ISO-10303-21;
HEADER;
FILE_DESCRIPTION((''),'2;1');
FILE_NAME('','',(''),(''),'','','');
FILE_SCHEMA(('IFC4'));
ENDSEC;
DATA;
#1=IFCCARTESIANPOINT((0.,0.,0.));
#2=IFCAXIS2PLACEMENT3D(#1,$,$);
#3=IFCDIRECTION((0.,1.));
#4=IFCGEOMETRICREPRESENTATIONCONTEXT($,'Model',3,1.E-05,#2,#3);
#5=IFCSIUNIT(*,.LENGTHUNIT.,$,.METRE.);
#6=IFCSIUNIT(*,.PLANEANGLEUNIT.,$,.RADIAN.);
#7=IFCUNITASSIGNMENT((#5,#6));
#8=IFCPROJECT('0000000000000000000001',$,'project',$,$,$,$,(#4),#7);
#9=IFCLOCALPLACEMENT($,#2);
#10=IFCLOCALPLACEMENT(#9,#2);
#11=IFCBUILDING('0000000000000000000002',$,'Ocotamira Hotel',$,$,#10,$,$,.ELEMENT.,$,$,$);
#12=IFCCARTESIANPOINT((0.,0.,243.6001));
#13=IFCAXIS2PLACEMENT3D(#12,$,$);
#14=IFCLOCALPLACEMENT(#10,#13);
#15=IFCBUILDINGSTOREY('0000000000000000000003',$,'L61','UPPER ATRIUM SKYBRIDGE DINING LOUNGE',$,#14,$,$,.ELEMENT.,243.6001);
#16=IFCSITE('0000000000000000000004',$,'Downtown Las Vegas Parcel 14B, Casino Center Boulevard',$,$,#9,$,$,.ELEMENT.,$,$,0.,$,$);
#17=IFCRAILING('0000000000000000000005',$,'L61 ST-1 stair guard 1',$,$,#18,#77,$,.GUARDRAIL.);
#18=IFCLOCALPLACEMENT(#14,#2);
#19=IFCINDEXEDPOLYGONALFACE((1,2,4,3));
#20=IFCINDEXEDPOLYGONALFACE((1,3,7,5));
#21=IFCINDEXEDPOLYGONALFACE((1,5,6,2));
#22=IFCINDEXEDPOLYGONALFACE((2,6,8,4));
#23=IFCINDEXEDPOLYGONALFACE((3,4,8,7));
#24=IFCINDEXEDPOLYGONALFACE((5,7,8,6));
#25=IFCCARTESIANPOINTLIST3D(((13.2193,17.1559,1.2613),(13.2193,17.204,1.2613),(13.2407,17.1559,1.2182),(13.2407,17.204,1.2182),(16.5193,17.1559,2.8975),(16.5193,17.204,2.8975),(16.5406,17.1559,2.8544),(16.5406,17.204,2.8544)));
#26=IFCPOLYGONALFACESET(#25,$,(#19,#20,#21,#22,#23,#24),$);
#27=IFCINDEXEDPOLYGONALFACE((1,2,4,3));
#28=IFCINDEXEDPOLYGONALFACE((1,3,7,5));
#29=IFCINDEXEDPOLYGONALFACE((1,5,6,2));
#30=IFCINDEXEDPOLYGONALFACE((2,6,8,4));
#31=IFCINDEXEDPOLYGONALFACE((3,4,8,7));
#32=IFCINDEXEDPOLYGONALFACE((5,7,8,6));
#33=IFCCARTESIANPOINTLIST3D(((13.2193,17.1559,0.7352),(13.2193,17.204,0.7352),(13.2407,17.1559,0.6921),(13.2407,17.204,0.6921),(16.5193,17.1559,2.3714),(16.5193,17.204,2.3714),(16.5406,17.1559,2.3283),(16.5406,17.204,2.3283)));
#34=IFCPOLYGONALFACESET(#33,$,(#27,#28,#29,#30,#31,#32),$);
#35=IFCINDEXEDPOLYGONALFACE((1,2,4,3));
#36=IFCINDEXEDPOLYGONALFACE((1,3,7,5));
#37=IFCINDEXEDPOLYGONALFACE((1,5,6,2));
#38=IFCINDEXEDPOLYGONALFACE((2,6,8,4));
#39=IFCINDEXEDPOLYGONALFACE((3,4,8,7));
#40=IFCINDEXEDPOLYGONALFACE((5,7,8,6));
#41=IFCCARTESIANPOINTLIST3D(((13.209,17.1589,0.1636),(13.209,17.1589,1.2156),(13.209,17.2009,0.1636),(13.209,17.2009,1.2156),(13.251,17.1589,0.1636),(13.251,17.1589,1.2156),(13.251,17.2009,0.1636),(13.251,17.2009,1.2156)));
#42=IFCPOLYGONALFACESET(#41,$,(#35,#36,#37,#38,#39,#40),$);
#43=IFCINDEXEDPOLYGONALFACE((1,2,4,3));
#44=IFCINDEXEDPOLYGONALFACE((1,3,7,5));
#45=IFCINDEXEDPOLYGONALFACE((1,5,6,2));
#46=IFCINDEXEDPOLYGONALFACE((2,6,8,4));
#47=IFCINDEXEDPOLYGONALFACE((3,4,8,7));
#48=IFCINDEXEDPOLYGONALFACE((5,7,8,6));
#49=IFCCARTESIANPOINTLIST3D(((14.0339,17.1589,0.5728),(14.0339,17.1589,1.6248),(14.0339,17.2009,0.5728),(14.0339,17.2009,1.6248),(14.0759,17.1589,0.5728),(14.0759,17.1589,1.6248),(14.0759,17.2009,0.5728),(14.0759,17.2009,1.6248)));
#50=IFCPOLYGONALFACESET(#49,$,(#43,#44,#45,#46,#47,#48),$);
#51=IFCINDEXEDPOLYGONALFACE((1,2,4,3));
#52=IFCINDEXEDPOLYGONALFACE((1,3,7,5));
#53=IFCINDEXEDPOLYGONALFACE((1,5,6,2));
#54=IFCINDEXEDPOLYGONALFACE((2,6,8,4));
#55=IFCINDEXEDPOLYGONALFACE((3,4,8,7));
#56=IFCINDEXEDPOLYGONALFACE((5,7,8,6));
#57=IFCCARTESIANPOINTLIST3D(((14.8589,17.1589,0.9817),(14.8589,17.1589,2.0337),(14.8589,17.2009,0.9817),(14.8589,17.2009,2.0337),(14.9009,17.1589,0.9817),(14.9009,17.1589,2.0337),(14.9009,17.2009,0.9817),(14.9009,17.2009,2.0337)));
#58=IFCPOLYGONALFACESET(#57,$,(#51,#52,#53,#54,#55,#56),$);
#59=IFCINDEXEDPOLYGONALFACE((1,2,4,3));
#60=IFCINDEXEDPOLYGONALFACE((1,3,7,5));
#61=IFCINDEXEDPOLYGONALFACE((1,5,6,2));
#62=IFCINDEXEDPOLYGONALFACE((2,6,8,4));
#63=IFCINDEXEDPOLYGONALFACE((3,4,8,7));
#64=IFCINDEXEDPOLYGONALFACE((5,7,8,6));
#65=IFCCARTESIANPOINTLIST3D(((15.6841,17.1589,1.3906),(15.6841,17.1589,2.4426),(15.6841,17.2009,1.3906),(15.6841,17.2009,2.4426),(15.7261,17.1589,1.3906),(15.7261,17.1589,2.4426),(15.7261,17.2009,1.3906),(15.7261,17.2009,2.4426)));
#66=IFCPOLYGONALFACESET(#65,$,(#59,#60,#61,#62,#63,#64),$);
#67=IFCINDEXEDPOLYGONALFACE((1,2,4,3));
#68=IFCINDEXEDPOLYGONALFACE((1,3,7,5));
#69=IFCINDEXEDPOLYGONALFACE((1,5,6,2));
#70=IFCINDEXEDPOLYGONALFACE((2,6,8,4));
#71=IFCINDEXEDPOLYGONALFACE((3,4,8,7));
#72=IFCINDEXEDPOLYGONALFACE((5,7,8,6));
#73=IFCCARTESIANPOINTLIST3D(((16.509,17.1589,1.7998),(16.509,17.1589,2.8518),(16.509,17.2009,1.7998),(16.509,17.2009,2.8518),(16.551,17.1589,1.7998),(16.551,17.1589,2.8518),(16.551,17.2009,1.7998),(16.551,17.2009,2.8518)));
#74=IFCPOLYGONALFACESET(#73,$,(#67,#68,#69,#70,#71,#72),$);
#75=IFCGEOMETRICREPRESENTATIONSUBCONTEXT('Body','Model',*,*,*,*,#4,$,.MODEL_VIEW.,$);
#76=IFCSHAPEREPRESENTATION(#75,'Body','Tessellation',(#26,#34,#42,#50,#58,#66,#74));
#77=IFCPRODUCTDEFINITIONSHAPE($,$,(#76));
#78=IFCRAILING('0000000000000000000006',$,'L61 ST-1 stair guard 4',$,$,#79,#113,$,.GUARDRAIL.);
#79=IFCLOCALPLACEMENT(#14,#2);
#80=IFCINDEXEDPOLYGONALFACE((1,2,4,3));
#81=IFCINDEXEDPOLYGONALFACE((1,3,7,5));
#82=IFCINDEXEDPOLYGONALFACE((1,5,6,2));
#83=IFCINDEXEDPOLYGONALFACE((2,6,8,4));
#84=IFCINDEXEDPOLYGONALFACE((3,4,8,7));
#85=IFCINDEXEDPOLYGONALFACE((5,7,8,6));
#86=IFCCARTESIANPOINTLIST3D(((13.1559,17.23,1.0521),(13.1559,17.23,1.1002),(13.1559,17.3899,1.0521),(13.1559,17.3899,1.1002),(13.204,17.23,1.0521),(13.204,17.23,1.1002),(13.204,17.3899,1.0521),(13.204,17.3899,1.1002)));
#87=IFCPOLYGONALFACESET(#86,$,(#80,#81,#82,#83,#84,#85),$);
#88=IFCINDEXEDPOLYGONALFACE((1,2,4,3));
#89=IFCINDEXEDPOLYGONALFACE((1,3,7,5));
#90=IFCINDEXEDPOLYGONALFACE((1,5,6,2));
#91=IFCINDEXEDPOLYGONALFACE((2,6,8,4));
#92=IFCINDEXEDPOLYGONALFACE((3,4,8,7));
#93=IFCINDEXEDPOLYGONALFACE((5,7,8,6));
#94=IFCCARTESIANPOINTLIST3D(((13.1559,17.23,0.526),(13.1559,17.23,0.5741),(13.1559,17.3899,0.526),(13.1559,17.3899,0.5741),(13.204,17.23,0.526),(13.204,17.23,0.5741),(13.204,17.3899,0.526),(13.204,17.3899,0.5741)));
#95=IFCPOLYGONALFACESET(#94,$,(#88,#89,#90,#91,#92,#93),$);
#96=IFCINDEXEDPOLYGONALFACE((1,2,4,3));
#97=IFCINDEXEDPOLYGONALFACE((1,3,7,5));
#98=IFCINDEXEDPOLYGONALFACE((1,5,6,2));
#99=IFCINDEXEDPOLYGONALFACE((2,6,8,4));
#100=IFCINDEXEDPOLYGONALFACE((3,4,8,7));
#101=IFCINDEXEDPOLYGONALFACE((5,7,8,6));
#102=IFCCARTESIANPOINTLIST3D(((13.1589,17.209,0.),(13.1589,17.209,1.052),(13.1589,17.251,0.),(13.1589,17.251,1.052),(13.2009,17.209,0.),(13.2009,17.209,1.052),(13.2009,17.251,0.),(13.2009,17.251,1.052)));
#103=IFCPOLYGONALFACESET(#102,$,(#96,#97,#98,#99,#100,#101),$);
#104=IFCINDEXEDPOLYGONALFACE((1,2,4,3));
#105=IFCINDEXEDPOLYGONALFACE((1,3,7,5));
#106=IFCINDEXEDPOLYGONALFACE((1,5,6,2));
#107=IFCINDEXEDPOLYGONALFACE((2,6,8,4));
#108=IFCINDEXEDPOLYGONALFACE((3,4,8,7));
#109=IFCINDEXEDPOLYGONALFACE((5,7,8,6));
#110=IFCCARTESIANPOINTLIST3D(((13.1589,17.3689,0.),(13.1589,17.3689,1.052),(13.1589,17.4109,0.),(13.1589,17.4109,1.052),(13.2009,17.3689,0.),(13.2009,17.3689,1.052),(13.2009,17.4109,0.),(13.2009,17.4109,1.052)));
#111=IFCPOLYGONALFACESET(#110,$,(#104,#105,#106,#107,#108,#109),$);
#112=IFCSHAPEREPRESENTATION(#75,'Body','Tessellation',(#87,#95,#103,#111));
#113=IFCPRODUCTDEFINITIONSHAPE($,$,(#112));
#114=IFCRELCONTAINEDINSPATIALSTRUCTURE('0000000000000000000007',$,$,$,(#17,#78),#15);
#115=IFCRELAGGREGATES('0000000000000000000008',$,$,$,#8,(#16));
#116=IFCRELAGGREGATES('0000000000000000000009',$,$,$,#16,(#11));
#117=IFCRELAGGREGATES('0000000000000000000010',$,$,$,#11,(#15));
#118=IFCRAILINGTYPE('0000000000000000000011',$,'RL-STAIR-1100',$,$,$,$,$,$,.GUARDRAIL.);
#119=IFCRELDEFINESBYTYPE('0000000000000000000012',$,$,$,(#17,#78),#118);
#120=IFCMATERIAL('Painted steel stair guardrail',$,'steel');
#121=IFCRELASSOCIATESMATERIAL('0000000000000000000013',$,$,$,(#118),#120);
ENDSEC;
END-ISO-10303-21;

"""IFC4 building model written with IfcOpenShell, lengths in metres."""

from ifc_helpers import new_model, si_unit, direction, frame, origin, origin_2d, place, context, subcontext, project, spatial, rectangle, extrude, material, type_object, element, save


model = new_model("IFC4")

# Units and contexts
model_context = context("Model", 3, precision=1e-05, world=origin(), true_north=direction((0.0, 1.0)))
body_context = subcontext(model_context, "Body", "Model", "MODEL_VIEW")
ifc_project = project(units=[si_unit("LENGTHUNIT", "METRE"), si_unit("PLANEANGLEUNIT", "RADIAN")], contexts=[model_context])

# Site, building, storey
site_placement = place(None, origin())
site = spatial("IfcSite", under=ifc_project, at=site_placement, Name="Downtown Las Vegas Parcel 14B, Casino Center Boulevard", CompositionType="ELEMENT", RefElevation=0.0)
building_placement = place(site_placement, origin())
building = spatial("IfcBuilding", under=site, at=building_placement, Name="Ocotamira Hotel", CompositionType="ELEMENT")
storey_placement = place(building_placement, frame((0.0, 0.0, 243.6001)))
storey = spatial("IfcBuildingStorey", under=building, at=storey_placement, Name="L61", Description="UPPER ATRIUM SKYBRIDGE DINING LOUNGE", CompositionType="ELEMENT", Elevation=243.6001)

# Railings
ifc_material_1 = material(Name="Painted steel stair guardrail", Category="steel")
railing_type_1 = type_object("IfcRailingType", Name="RL-STAIR-1100", PredefinedType="GUARDRAIL", material=ifc_material_1)
railing_1_placement = place(storey_placement, frame((13.23, 17.1799, 0.1636)))
element("IfcRailing", 1, at=railing_1_placement, inside=storey, type_object=railing_type_1, Name="L61 ST-1 stair guard 1", PredefinedType="GUARDRAIL", context=body_context, shape_type="SweptSolid", body=[
    extrude(rectangle(XDim=0.0481, YDim=0.0481, at=origin_2d()), frame((0.0, 0.0, 1.0762), z_axis=(0.89592, 0.0, 0.444215), x_axis=(0.0, 1.0, 0.0)), (0.0, 0.0, 1.0), 3.6833),
    extrude(rectangle(XDim=0.0481, YDim=0.0481, at=origin_2d()), frame((0.0, 0.0, 0.55), z_axis=(0.89592, 0.0, 0.444215), x_axis=(0.0, 1.0, 0.0)), (0.0, 0.0, 1.0), 3.6833),
    extrude(rectangle(XDim=0.042, YDim=0.042, at=origin_2d()), origin(), (0.0, 0.0, 1.0), 1.052),
    extrude(rectangle(XDim=0.042, YDim=0.042, at=origin_2d()), frame((0.825, 0.0, 0.4092)), (0.0, 0.0, 1.0), 1.052),
    extrude(rectangle(XDim=0.042, YDim=0.042, at=origin_2d()), frame((1.6499, 0.0, 0.8181)), (0.0, 0.0, 1.0), 1.052),
    extrude(rectangle(XDim=0.042, YDim=0.042, at=origin_2d()), frame((2.4751, 0.0, 1.2271)), (0.0, 0.0, 1.0), 1.052),
    extrude(rectangle(XDim=0.042, YDim=0.042, at=origin_2d()), frame((3.3, 0.0, 1.6362)), (0.0, 0.0, 1.0), 1.052),
])
railing_2_placement = place(storey_placement, frame((13.1799, 17.23, 0.0)))
element("IfcRailing", 2, at=railing_2_placement, inside=storey, type_object=railing_type_1, Name="L61 ST-1 stair guard 4", PredefinedType="GUARDRAIL", context=body_context, shape_type="SweptSolid", body=[
    extrude(rectangle(XDim=0.0481, YDim=0.0481, at=origin_2d()), frame((0.0, 0.0, 1.0762), z_axis=(0.0, 1.0, 0.0), x_axis=(-1.0, 0.0, 0.0)), (0.0, 0.0, 1.0), 0.1599),
    extrude(rectangle(XDim=0.0481, YDim=0.0481, at=origin_2d()), frame((0.0, 0.0, 0.55), z_axis=(0.0, 1.0, 0.0), x_axis=(-1.0, 0.0, 0.0)), (0.0, 0.0, 1.0), 0.1599),
    extrude(rectangle(XDim=0.042, YDim=0.042, at=origin_2d()), origin(), (0.0, 0.0, 1.0), 1.052),
    extrude(rectangle(XDim=0.042, YDim=0.042, at=origin_2d()), frame((0.0, 0.1599, 0.0)), (0.0, 0.0, 1.0), 1.052),
])

save(model, "model.ifc")
